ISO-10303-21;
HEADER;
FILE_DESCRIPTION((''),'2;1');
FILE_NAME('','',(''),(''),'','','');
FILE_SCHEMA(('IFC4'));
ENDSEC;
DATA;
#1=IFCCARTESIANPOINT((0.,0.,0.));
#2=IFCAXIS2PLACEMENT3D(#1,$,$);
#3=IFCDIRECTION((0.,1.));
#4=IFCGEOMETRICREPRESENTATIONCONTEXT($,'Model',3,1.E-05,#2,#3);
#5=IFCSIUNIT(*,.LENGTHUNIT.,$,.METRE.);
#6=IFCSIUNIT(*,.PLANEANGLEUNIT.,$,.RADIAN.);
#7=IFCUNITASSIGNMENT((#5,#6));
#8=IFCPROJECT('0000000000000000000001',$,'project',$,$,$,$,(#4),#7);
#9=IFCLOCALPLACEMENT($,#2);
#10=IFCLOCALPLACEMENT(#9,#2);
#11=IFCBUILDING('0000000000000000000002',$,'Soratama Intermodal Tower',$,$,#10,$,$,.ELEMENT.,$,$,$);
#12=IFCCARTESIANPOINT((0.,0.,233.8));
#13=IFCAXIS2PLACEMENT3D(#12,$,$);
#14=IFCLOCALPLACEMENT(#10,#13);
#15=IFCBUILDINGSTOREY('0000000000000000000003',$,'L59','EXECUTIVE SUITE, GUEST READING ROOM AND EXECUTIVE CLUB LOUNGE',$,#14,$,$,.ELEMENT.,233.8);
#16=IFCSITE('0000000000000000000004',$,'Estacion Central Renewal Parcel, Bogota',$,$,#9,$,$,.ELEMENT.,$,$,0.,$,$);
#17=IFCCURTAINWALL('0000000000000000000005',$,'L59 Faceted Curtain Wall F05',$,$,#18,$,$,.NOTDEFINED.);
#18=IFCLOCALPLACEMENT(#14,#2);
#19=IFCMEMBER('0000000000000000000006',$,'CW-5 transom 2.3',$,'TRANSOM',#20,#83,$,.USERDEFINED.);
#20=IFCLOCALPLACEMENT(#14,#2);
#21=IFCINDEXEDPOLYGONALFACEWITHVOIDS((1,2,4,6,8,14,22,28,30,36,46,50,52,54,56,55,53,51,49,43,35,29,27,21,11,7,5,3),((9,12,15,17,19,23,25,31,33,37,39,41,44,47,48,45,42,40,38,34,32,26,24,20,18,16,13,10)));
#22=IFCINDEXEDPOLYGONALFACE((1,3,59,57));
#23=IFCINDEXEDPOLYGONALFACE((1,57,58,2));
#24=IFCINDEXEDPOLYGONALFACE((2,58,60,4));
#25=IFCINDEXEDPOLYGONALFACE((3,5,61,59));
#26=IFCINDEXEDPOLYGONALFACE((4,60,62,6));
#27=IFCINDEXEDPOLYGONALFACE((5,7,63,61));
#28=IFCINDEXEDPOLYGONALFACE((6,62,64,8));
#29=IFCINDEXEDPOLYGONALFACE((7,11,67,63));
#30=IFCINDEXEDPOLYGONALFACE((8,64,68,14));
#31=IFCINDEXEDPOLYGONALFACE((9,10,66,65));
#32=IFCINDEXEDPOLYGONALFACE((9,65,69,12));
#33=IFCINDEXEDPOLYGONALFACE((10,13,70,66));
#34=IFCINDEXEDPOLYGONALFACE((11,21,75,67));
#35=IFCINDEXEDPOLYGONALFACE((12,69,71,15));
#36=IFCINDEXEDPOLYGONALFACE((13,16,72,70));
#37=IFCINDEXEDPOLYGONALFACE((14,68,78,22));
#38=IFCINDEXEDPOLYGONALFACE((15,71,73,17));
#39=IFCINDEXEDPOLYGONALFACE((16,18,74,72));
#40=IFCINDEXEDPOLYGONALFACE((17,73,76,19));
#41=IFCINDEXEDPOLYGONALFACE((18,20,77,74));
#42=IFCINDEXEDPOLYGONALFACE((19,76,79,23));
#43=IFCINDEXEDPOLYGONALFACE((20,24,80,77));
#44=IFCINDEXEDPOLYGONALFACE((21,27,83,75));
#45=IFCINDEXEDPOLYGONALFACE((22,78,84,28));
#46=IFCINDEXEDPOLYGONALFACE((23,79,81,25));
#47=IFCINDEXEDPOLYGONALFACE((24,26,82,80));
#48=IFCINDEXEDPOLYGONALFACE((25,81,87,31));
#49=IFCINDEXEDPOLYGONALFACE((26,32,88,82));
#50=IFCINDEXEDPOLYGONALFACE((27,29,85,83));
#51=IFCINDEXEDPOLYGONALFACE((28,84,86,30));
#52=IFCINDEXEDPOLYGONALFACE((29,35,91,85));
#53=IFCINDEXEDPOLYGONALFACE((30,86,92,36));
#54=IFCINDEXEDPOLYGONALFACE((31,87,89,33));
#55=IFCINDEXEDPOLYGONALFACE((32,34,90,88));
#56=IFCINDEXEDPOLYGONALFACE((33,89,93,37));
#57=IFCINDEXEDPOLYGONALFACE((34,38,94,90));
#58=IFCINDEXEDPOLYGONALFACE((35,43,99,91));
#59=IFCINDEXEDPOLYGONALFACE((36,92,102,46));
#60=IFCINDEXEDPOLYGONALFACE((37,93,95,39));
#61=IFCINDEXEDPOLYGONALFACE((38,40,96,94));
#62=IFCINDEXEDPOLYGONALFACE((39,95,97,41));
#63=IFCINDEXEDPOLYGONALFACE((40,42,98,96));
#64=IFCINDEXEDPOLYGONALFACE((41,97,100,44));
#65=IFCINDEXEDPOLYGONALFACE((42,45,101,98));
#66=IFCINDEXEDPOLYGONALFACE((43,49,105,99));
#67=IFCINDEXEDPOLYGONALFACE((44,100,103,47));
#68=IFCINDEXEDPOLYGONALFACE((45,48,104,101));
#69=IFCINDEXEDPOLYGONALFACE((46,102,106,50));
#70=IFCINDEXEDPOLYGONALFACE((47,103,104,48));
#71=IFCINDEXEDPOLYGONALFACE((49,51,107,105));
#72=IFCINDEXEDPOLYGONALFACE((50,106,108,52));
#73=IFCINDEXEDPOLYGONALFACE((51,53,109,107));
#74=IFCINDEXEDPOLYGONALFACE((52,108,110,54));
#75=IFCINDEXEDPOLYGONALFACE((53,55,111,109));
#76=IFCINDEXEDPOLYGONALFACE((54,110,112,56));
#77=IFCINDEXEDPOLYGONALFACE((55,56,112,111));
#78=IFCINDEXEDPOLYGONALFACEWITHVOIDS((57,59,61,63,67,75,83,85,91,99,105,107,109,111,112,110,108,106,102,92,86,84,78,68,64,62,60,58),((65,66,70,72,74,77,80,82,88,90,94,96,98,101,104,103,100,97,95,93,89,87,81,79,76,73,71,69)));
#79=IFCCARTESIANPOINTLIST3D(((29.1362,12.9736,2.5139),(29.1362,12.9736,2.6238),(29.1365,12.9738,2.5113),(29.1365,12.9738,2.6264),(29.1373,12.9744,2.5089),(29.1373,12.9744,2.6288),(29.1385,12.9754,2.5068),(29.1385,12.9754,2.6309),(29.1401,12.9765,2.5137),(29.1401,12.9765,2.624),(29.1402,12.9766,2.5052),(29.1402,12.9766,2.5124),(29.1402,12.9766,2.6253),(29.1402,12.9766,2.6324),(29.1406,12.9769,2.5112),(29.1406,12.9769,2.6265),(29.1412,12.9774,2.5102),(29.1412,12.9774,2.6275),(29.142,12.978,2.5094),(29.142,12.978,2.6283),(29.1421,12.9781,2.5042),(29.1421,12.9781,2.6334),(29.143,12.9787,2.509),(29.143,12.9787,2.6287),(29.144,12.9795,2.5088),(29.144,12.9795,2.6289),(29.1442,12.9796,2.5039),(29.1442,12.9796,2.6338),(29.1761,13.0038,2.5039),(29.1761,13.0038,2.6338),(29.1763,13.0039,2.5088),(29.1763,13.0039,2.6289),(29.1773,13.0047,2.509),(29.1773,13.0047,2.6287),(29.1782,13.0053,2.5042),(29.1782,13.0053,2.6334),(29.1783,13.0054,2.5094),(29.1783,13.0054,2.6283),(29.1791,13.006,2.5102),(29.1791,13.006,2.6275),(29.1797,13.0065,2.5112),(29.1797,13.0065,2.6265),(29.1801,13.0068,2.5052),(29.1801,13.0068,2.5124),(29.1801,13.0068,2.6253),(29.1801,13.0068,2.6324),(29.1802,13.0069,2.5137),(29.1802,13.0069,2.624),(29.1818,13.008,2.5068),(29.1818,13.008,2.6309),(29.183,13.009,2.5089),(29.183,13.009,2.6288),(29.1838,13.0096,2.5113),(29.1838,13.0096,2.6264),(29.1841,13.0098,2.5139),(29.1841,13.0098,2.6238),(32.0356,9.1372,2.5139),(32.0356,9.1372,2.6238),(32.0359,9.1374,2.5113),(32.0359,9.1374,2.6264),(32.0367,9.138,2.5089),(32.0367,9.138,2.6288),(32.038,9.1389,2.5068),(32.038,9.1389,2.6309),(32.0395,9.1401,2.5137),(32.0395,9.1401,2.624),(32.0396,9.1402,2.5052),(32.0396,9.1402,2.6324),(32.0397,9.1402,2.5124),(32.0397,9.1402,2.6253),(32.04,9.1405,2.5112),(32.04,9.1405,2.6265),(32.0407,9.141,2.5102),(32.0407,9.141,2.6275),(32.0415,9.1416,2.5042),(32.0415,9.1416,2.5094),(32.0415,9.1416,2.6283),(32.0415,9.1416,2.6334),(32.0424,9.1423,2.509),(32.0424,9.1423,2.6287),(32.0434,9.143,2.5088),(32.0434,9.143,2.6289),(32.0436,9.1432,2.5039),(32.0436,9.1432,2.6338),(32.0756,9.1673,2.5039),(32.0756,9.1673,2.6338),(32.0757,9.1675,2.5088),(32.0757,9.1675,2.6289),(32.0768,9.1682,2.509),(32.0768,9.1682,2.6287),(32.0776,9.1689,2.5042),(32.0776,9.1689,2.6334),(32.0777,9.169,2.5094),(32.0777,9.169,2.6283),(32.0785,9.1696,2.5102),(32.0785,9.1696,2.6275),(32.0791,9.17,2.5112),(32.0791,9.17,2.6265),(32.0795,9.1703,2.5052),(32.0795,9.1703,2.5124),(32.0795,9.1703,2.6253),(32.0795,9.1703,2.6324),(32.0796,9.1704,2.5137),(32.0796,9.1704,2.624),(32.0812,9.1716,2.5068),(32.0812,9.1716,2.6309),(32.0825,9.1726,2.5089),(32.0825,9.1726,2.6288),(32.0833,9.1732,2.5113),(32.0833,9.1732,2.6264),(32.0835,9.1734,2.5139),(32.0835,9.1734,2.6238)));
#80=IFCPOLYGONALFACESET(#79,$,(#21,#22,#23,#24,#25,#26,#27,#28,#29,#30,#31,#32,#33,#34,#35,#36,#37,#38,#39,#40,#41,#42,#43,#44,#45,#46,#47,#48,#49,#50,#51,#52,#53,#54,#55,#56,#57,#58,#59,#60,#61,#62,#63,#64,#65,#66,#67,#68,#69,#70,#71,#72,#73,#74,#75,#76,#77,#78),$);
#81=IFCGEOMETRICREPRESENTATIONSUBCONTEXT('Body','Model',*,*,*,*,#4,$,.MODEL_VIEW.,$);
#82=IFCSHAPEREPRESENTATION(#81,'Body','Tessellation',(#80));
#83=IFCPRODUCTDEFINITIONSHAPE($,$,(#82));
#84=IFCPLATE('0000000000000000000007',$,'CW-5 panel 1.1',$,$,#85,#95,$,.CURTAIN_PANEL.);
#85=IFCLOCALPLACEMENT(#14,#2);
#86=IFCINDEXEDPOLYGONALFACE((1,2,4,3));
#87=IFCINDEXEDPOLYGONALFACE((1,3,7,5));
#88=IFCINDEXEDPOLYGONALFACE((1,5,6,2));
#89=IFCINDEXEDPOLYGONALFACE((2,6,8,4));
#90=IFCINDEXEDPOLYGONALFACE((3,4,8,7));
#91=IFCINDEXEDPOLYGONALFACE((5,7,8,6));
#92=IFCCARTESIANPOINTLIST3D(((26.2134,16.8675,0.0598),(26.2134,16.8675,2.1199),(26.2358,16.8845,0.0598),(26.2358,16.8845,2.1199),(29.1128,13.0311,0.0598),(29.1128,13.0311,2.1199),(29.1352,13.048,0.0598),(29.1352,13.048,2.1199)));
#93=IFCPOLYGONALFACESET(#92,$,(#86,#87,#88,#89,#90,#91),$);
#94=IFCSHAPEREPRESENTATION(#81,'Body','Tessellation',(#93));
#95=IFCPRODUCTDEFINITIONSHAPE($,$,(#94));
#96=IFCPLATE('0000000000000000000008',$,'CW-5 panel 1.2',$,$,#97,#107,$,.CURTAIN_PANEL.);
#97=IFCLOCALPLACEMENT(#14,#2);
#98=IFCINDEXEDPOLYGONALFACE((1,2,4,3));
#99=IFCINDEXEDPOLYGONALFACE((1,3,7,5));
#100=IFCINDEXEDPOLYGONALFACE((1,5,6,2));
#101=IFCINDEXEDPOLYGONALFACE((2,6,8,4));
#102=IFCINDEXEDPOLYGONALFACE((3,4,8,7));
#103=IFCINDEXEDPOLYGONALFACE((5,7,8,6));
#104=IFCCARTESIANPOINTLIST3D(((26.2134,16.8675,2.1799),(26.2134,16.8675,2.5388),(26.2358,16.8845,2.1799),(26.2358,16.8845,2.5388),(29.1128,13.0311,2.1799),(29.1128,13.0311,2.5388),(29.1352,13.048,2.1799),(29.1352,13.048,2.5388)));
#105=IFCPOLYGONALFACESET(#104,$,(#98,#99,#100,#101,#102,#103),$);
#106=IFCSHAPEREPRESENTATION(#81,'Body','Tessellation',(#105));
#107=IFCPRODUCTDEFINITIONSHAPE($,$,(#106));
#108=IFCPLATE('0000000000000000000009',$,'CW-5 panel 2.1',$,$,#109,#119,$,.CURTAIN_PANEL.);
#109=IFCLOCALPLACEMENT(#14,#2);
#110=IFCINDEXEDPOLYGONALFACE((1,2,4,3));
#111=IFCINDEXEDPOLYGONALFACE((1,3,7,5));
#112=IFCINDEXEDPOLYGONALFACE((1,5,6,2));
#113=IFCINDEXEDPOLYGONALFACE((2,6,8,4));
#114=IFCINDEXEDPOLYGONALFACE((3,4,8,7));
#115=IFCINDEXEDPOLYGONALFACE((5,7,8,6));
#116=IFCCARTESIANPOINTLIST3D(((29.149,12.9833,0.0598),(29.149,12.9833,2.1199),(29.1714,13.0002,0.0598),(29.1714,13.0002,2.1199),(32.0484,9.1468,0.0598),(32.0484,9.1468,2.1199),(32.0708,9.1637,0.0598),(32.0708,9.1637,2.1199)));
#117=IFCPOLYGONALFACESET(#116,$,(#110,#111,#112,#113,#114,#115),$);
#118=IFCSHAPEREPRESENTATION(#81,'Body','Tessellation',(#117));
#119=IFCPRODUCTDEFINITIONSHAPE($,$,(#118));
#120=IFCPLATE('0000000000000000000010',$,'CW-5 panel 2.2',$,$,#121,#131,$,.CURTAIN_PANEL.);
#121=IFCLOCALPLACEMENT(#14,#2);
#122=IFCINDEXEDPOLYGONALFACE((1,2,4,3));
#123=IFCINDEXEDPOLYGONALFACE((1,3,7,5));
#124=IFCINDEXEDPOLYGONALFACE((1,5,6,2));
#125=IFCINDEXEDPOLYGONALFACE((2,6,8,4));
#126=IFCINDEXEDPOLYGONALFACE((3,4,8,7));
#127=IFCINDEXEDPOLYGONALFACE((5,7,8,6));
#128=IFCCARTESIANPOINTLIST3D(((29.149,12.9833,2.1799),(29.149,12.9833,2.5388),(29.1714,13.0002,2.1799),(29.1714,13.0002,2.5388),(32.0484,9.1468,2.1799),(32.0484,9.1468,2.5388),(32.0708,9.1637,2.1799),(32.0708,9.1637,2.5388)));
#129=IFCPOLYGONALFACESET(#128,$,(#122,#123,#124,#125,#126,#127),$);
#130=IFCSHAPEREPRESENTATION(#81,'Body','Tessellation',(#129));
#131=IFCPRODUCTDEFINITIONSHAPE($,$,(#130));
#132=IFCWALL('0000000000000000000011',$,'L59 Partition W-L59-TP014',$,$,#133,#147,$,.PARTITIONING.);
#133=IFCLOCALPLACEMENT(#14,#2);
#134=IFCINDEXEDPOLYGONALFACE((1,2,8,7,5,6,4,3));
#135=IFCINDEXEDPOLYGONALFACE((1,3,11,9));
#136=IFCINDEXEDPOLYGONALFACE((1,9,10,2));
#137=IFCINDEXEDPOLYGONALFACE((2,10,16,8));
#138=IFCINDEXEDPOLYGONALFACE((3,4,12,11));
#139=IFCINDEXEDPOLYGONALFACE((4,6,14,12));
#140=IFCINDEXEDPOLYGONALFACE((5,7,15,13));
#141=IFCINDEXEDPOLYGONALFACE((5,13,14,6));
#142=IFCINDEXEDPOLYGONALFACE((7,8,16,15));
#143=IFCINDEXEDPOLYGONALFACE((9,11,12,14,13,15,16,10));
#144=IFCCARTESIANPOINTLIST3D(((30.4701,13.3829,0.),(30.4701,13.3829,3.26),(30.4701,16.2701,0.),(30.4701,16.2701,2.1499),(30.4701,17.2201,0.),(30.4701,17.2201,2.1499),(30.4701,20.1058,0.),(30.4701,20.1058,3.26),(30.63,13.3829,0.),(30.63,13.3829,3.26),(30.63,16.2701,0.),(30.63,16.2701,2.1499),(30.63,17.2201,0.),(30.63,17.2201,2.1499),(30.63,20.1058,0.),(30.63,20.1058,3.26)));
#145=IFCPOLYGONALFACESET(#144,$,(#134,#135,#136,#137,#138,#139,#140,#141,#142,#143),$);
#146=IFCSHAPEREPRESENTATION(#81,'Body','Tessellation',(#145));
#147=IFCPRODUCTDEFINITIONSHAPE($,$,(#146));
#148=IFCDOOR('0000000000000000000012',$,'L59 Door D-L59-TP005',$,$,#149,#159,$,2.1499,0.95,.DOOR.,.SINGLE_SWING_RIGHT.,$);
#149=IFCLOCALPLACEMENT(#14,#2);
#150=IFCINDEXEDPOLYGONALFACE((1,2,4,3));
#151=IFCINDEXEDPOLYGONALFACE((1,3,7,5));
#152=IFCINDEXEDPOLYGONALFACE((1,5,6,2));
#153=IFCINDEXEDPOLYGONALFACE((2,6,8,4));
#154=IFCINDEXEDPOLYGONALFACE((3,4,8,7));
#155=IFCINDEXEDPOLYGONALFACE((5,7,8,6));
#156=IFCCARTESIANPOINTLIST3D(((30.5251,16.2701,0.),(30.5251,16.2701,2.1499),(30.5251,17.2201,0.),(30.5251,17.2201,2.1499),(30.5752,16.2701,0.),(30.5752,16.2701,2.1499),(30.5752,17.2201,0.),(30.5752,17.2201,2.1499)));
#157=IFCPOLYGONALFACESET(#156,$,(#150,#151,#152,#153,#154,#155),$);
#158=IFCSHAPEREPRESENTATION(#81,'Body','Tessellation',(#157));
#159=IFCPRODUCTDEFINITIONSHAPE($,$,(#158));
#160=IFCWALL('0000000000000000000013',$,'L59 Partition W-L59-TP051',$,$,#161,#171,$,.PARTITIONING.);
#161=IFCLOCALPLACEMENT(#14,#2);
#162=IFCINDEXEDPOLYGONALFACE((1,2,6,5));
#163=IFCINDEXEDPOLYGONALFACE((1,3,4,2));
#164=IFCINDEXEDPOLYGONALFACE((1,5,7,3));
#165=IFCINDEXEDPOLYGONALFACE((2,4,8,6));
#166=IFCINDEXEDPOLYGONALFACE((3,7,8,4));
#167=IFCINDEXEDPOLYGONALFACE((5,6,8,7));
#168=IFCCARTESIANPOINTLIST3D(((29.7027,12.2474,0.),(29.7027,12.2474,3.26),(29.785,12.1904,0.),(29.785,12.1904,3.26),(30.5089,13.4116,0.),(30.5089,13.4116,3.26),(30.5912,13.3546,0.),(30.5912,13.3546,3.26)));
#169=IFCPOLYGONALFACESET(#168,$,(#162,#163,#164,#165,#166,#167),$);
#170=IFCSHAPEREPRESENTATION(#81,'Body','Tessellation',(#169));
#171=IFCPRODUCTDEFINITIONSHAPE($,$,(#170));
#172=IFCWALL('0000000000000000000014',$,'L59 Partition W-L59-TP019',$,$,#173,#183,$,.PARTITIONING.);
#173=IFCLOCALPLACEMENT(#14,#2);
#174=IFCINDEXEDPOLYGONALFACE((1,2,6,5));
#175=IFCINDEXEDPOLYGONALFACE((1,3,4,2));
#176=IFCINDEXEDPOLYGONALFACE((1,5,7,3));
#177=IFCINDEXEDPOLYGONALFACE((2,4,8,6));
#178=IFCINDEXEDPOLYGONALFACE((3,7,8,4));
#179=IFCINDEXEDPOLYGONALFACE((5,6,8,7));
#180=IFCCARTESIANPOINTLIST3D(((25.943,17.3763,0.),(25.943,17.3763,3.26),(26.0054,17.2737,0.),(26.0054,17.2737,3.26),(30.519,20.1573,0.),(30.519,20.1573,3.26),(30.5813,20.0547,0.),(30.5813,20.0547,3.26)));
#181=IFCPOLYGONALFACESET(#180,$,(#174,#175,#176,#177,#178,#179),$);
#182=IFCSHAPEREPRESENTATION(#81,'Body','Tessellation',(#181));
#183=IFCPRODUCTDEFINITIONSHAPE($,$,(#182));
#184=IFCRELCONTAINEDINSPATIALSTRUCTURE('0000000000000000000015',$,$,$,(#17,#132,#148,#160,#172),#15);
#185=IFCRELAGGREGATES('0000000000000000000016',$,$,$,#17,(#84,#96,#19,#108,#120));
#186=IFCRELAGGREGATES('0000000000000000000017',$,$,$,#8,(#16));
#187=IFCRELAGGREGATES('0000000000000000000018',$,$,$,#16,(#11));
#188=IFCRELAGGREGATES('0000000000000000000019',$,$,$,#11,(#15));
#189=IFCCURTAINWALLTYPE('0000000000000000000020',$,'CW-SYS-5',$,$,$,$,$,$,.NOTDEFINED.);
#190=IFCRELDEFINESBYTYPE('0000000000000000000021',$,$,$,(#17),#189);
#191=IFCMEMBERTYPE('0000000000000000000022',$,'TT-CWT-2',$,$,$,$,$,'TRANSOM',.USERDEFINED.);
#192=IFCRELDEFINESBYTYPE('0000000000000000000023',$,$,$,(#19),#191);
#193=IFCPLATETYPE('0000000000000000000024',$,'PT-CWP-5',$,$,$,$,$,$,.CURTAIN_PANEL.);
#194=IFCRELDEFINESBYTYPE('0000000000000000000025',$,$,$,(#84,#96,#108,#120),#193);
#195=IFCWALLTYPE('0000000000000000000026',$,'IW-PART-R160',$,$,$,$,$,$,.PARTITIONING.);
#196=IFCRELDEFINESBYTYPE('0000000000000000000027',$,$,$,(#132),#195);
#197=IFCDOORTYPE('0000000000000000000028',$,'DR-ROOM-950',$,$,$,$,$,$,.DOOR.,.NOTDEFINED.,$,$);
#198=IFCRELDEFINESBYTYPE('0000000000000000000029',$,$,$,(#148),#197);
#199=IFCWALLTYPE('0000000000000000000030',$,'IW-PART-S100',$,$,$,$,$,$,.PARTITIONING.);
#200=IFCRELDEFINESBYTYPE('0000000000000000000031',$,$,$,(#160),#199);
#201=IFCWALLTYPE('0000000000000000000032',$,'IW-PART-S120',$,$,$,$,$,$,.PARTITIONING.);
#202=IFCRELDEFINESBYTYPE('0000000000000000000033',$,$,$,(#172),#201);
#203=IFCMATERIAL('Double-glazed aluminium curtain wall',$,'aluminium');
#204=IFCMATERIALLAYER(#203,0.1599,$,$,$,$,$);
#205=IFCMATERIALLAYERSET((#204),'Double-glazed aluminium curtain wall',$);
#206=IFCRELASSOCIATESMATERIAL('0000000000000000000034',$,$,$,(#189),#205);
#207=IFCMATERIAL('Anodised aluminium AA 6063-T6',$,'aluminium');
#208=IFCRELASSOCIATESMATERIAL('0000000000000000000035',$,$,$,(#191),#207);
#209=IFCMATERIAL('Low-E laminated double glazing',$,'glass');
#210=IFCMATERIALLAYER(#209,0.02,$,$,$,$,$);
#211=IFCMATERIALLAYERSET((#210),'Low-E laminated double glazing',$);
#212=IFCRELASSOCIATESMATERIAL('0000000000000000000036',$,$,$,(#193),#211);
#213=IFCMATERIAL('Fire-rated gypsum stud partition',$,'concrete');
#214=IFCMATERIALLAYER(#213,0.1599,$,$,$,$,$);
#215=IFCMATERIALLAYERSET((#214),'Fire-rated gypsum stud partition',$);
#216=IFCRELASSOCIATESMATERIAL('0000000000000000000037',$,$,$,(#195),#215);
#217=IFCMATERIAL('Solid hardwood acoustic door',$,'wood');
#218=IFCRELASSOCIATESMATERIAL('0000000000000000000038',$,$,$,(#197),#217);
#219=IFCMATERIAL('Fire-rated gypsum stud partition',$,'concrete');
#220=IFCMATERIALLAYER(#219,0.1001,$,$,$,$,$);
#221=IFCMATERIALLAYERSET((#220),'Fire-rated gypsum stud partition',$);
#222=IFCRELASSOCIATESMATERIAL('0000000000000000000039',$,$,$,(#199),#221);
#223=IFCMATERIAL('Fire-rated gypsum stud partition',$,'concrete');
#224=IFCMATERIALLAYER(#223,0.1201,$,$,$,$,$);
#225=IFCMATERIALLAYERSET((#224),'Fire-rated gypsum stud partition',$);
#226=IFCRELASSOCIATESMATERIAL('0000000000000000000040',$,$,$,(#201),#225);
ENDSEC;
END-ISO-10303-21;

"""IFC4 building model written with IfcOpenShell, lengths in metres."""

from ifc_helpers import new_model, si_unit, direction, frame, frame_2d, origin, origin_2d, place, context, subcontext, project, spatial, rectangle, hollow_rectangle, extrude, material, layer, layer_set, material_profile, profile_set, type_object, element, fill, aggregate, save


model = new_model("IFC4")

# Units and contexts
model_context = context("Model", 3, precision=1e-05, world=origin(), true_north=direction((0.0, 1.0)))
body_context = subcontext(model_context, "Body", "Model", "MODEL_VIEW")
ifc_project = project(units=[si_unit("LENGTHUNIT", "METRE"), si_unit("PLANEANGLEUNIT", "RADIAN")], contexts=[model_context])

# Site, building, storey
site_placement = place(None, origin())
site = spatial("IfcSite", under=ifc_project, at=site_placement, Name="Estacion Central Renewal Parcel, Bogota", CompositionType="ELEMENT", RefElevation=0.0)
building_placement = place(site_placement, origin())
building = spatial("IfcBuilding", under=site, at=building_placement, Name="Soratama Intermodal Tower", CompositionType="ELEMENT")
storey_placement = place(building_placement, frame((0.0, 0.0, 233.8)))
storey = spatial("IfcBuildingStorey", under=building, at=storey_placement, Name="L59", Description="EXECUTIVE SUITE, GUEST READING ROOM AND EXECUTIVE CLUB LOUNGE", CompositionType="ELEMENT", Elevation=233.8)

# Curtain wall, member, plates
ifc_material_1 = material(Name="Double-glazed aluminium curtain wall", Category="aluminium")
ifc_layer_1 = layer(ifc_material_1, 0.1599)
ifc_layer_set_1 = layer_set([ifc_layer_1], Name="Double-glazed aluminium curtain wall")
curtain_wall_type = type_object("IfcCurtainWallType", Name="CW-SYS-5", PredefinedType="NOTDEFINED", material=ifc_layer_set_1)
curtain_wall_placement = place(storey_placement, origin())
curtain_wall = element("IfcCurtainWall", 1, at=curtain_wall_placement, inside=storey, type_object=curtain_wall_type, Name="L59 Faceted Curtain Wall F05", PredefinedType="NOTDEFINED")
ifc_material_2 = material(Name="Anodised aluminium AA 6063-T6", Category="aluminium")
ifc_material_profile_1 = material_profile(ifc_material_2, hollow_rectangle(XDim=0.0601, YDim=0.1299, WallThickness=0.0049, InnerFilletRadius=0.0049, OuterFilletRadius=0.01, at=origin_2d()), Name="CWT130X60X5")
ifc_profile_set_1 = profile_set([ifc_material_profile_1], Name="Anodised aluminium AA 6063-T6")
member_type_1 = type_object("IfcMemberType", Name="TT-CWT-2", ElementType="TRANSOM", PredefinedType="USERDEFINED", material=ifc_profile_set_1)
member_1_placement = place(storey_placement, frame((29.1602, 12.9917, 2.5688), z_axis=(0.602937, -0.797789, 0.0), x_axis=(0.797789, 0.602937, 0.0)))
member_1 = element("IfcMember", 2, at=member_1_placement, type_object=member_type_1, Name="CW-5 transom 2.3", ObjectType="TRANSOM", PredefinedType="USERDEFINED", context=body_context, shape_type="SweptSolid", body=[
    extrude(hollow_rectangle(XDim=0.0601, YDim=0.1299, WallThickness=0.0049, InnerFilletRadius=0.0049, OuterFilletRadius=0.01, at=origin_2d()), origin(), (0.0, 0.0, 1.0), 4.8088),
])
ifc_material_3 = material(Name="Low-E laminated double glazing", Category="glass")
ifc_layer_2 = layer(ifc_material_3, 0.02)
ifc_layer_set_2 = layer_set([ifc_layer_2], Name="Low-E laminated double glazing")
plate_type = type_object("IfcPlateType", Name="PT-CWP-5", PredefinedType="CURTAIN_PANEL", material=ifc_layer_set_2)
plate_1_placement = place(storey_placement, frame((27.6743, 14.9578, 0.0598), z_axis=(0.0, 0.0, 1.0), x_axis=(0.602931, -0.797794, 0.0)))
plate_1 = element("IfcPlate", 3, at=plate_1_placement, type_object=plate_type, Name="CW-5 panel 1.1", PredefinedType="CURTAIN_PANEL", context=body_context, shape_type="SweptSolid", body=[
    extrude(rectangle(XDim=4.8088, YDim=0.0281, at=origin_2d()), origin(), (0.0, 0.0, 1.0), 2.0601),
])
plate_2_placement = place(storey_placement, frame((27.6743, 14.9578, 2.1799), z_axis=(0.0, 0.0, 1.0), x_axis=(0.602931, -0.797794, 0.0)))
plate_2 = element("IfcPlate", 4, at=plate_2_placement, type_object=plate_type, Name="CW-5 panel 1.2", PredefinedType="CURTAIN_PANEL", context=body_context, shape_type="SweptSolid", body=[
    extrude(rectangle(XDim=4.8088, YDim=0.0281, at=origin_2d()), origin(), (0.0, 0.0, 1.0), 0.3589),
])
plate_3_placement = place(storey_placement, frame((30.6099, 11.0735, 0.0598), z_axis=(0.0, 0.0, 1.0), x_axis=(0.602931, -0.797794, 0.0)))
plate_3 = element("IfcPlate", 5, at=plate_3_placement, type_object=plate_type, Name="CW-5 panel 2.1", PredefinedType="CURTAIN_PANEL", context=body_context, shape_type="SweptSolid", body=[
    extrude(rectangle(XDim=4.8088, YDim=0.0281, at=origin_2d()), origin(), (0.0, 0.0, 1.0), 2.0601),
])
plate_4_placement = place(storey_placement, frame((30.6099, 11.0735, 2.1799), z_axis=(0.0, 0.0, 1.0), x_axis=(0.602931, -0.797794, 0.0)))
plate_4 = element("IfcPlate", 6, at=plate_4_placement, type_object=plate_type, Name="CW-5 panel 2.2", PredefinedType="CURTAIN_PANEL", context=body_context, shape_type="SweptSolid", body=[
    extrude(rectangle(XDim=4.8088, YDim=0.0281, at=origin_2d()), origin(), (0.0, 0.0, 1.0), 0.3589),
])
aggregate(curtain_wall, [plate_1, plate_2, member_1, plate_3, plate_4])

# Wall, opening, door
ifc_material_4 = material(Name="Fire-rated gypsum stud partition", Category="concrete")
ifc_layer_3 = layer(ifc_material_4, 0.1599)
ifc_layer_set_3 = layer_set([ifc_layer_3], Name="Fire-rated gypsum stud partition")
wall_type_1 = type_object("IfcWallType", Name="IW-PART-R160", PredefinedType="PARTITIONING", material=ifc_layer_set_3)
wall_1_placement = place(storey_placement, frame((30.55, 13.3831, 0.0), z_axis=(0.0, 0.0, 1.0), x_axis=(0.0, 1.0, 0.0)))
wall_1 = element("IfcWall", 7, at=wall_1_placement, inside=storey, type_object=wall_type_1, Name="L59 Partition W-L59-TP014", PredefinedType="PARTITIONING", context=body_context, shape_type="SweptSolid", body=[
    extrude(rectangle(XDim=6.7229, YDim=0.1599, at=frame_2d((3.3613, 0.0))), origin(), (0.0, 0.0, 1.0), 3.26),
])
opening_1_placement = place(wall_1_placement, frame((2.887, 0.0, 0.0)))
opening_1 = element("IfcOpeningElement", 8, at=opening_1_placement, cuts=wall_1, PredefinedType="OPENING", context=body_context, shape_type="SweptSolid", body=[
    extrude(rectangle(XDim=0.95, YDim=2.1499, at=frame_2d((0.4751, 1.075))), frame((0.0, 0.0898, 0.0), z_axis=(0.0, -1.0, 0.0), x_axis=(1.0, 0.0, 0.0)), (0.0, 0.0, 1.0), 0.1799),
])
ifc_material_5 = material(Name="Solid hardwood acoustic door", Category="wood")
door_type = type_object("IfcDoorType", Name="DR-ROOM-950", OperationType="NOTDEFINED", PredefinedType="DOOR", material=ifc_material_5)
door_1_placement = place(opening_1_placement, origin())
door_1 = element("IfcDoor", 9, at=door_1_placement, inside=storey, type_object=door_type, Name="L59 Door D-L59-TP005", OperationType="SINGLE_SWING_RIGHT", OverallHeight=2.1499, OverallWidth=0.95, PredefinedType="DOOR", context=body_context, shape_type="SweptSolid", body=[
    extrude(rectangle(XDim=0.95, YDim=2.1499, at=frame_2d((0.4751, 1.075))), frame((0.0, 0.0249, 0.0), z_axis=(0.0, -1.0, 0.0), x_axis=(1.0, 0.0, 0.0)), (0.0, 0.0, 1.0), 0.05),
])
fill(opening_1, door_1)

# Walls
ifc_material_6 = material(Name="Fire-rated gypsum stud partition", Category="concrete")
ifc_layer_4 = layer(ifc_material_6, 0.1001)
ifc_layer_set_4 = layer_set([ifc_layer_4], Name="Fire-rated gypsum stud partition")
wall_type_2 = type_object("IfcWallType", Name="IW-PART-S100", PredefinedType="PARTITIONING", material=ifc_layer_set_4)
wall_2_placement = place(storey_placement, frame((30.55, 13.3831, 0.0), z_axis=(0.0, 0.0, 1.0), x_axis=(-0.569335, -0.822105, 0.0)))
element("IfcWall", 10, at=wall_2_placement, inside=storey, type_object=wall_type_2, Name="L59 Partition W-L59-TP051", PredefinedType="PARTITIONING", context=body_context, shape_type="SweptSolid", body=[
    extrude(rectangle(XDim=1.416, YDim=0.1001, at=frame_2d((0.708, 0.0))), origin(), (0.0, 0.0, 1.0), 3.26),
])
ifc_material_7 = material(Name="Fire-rated gypsum stud partition", Category="concrete")
ifc_layer_5 = layer(ifc_material_7, 0.1201)
ifc_layer_set_5 = layer_set([ifc_layer_5], Name="Fire-rated gypsum stud partition")
wall_type_3 = type_object("IfcWallType", Name="IW-PART-S120", PredefinedType="PARTITIONING", material=ifc_layer_set_5)
wall_3_placement = place(storey_placement, frame((30.55, 20.106, 0.0), z_axis=(0.0, 0.0, 1.0), x_axis=(-0.854558, -0.519355, 0.0)))
element("IfcWall", 11, at=wall_3_placement, inside=storey, type_object=wall_type_3, Name="L59 Partition W-L59-TP019", PredefinedType="PARTITIONING", context=body_context, shape_type="SweptSolid", body=[
    extrude(rectangle(XDim=5.3547, YDim=0.1201, at=frame_2d((2.6772, 0.0))), origin(), (0.0, 0.0, 1.0), 3.26),
])

save(model, "model.ifc")
